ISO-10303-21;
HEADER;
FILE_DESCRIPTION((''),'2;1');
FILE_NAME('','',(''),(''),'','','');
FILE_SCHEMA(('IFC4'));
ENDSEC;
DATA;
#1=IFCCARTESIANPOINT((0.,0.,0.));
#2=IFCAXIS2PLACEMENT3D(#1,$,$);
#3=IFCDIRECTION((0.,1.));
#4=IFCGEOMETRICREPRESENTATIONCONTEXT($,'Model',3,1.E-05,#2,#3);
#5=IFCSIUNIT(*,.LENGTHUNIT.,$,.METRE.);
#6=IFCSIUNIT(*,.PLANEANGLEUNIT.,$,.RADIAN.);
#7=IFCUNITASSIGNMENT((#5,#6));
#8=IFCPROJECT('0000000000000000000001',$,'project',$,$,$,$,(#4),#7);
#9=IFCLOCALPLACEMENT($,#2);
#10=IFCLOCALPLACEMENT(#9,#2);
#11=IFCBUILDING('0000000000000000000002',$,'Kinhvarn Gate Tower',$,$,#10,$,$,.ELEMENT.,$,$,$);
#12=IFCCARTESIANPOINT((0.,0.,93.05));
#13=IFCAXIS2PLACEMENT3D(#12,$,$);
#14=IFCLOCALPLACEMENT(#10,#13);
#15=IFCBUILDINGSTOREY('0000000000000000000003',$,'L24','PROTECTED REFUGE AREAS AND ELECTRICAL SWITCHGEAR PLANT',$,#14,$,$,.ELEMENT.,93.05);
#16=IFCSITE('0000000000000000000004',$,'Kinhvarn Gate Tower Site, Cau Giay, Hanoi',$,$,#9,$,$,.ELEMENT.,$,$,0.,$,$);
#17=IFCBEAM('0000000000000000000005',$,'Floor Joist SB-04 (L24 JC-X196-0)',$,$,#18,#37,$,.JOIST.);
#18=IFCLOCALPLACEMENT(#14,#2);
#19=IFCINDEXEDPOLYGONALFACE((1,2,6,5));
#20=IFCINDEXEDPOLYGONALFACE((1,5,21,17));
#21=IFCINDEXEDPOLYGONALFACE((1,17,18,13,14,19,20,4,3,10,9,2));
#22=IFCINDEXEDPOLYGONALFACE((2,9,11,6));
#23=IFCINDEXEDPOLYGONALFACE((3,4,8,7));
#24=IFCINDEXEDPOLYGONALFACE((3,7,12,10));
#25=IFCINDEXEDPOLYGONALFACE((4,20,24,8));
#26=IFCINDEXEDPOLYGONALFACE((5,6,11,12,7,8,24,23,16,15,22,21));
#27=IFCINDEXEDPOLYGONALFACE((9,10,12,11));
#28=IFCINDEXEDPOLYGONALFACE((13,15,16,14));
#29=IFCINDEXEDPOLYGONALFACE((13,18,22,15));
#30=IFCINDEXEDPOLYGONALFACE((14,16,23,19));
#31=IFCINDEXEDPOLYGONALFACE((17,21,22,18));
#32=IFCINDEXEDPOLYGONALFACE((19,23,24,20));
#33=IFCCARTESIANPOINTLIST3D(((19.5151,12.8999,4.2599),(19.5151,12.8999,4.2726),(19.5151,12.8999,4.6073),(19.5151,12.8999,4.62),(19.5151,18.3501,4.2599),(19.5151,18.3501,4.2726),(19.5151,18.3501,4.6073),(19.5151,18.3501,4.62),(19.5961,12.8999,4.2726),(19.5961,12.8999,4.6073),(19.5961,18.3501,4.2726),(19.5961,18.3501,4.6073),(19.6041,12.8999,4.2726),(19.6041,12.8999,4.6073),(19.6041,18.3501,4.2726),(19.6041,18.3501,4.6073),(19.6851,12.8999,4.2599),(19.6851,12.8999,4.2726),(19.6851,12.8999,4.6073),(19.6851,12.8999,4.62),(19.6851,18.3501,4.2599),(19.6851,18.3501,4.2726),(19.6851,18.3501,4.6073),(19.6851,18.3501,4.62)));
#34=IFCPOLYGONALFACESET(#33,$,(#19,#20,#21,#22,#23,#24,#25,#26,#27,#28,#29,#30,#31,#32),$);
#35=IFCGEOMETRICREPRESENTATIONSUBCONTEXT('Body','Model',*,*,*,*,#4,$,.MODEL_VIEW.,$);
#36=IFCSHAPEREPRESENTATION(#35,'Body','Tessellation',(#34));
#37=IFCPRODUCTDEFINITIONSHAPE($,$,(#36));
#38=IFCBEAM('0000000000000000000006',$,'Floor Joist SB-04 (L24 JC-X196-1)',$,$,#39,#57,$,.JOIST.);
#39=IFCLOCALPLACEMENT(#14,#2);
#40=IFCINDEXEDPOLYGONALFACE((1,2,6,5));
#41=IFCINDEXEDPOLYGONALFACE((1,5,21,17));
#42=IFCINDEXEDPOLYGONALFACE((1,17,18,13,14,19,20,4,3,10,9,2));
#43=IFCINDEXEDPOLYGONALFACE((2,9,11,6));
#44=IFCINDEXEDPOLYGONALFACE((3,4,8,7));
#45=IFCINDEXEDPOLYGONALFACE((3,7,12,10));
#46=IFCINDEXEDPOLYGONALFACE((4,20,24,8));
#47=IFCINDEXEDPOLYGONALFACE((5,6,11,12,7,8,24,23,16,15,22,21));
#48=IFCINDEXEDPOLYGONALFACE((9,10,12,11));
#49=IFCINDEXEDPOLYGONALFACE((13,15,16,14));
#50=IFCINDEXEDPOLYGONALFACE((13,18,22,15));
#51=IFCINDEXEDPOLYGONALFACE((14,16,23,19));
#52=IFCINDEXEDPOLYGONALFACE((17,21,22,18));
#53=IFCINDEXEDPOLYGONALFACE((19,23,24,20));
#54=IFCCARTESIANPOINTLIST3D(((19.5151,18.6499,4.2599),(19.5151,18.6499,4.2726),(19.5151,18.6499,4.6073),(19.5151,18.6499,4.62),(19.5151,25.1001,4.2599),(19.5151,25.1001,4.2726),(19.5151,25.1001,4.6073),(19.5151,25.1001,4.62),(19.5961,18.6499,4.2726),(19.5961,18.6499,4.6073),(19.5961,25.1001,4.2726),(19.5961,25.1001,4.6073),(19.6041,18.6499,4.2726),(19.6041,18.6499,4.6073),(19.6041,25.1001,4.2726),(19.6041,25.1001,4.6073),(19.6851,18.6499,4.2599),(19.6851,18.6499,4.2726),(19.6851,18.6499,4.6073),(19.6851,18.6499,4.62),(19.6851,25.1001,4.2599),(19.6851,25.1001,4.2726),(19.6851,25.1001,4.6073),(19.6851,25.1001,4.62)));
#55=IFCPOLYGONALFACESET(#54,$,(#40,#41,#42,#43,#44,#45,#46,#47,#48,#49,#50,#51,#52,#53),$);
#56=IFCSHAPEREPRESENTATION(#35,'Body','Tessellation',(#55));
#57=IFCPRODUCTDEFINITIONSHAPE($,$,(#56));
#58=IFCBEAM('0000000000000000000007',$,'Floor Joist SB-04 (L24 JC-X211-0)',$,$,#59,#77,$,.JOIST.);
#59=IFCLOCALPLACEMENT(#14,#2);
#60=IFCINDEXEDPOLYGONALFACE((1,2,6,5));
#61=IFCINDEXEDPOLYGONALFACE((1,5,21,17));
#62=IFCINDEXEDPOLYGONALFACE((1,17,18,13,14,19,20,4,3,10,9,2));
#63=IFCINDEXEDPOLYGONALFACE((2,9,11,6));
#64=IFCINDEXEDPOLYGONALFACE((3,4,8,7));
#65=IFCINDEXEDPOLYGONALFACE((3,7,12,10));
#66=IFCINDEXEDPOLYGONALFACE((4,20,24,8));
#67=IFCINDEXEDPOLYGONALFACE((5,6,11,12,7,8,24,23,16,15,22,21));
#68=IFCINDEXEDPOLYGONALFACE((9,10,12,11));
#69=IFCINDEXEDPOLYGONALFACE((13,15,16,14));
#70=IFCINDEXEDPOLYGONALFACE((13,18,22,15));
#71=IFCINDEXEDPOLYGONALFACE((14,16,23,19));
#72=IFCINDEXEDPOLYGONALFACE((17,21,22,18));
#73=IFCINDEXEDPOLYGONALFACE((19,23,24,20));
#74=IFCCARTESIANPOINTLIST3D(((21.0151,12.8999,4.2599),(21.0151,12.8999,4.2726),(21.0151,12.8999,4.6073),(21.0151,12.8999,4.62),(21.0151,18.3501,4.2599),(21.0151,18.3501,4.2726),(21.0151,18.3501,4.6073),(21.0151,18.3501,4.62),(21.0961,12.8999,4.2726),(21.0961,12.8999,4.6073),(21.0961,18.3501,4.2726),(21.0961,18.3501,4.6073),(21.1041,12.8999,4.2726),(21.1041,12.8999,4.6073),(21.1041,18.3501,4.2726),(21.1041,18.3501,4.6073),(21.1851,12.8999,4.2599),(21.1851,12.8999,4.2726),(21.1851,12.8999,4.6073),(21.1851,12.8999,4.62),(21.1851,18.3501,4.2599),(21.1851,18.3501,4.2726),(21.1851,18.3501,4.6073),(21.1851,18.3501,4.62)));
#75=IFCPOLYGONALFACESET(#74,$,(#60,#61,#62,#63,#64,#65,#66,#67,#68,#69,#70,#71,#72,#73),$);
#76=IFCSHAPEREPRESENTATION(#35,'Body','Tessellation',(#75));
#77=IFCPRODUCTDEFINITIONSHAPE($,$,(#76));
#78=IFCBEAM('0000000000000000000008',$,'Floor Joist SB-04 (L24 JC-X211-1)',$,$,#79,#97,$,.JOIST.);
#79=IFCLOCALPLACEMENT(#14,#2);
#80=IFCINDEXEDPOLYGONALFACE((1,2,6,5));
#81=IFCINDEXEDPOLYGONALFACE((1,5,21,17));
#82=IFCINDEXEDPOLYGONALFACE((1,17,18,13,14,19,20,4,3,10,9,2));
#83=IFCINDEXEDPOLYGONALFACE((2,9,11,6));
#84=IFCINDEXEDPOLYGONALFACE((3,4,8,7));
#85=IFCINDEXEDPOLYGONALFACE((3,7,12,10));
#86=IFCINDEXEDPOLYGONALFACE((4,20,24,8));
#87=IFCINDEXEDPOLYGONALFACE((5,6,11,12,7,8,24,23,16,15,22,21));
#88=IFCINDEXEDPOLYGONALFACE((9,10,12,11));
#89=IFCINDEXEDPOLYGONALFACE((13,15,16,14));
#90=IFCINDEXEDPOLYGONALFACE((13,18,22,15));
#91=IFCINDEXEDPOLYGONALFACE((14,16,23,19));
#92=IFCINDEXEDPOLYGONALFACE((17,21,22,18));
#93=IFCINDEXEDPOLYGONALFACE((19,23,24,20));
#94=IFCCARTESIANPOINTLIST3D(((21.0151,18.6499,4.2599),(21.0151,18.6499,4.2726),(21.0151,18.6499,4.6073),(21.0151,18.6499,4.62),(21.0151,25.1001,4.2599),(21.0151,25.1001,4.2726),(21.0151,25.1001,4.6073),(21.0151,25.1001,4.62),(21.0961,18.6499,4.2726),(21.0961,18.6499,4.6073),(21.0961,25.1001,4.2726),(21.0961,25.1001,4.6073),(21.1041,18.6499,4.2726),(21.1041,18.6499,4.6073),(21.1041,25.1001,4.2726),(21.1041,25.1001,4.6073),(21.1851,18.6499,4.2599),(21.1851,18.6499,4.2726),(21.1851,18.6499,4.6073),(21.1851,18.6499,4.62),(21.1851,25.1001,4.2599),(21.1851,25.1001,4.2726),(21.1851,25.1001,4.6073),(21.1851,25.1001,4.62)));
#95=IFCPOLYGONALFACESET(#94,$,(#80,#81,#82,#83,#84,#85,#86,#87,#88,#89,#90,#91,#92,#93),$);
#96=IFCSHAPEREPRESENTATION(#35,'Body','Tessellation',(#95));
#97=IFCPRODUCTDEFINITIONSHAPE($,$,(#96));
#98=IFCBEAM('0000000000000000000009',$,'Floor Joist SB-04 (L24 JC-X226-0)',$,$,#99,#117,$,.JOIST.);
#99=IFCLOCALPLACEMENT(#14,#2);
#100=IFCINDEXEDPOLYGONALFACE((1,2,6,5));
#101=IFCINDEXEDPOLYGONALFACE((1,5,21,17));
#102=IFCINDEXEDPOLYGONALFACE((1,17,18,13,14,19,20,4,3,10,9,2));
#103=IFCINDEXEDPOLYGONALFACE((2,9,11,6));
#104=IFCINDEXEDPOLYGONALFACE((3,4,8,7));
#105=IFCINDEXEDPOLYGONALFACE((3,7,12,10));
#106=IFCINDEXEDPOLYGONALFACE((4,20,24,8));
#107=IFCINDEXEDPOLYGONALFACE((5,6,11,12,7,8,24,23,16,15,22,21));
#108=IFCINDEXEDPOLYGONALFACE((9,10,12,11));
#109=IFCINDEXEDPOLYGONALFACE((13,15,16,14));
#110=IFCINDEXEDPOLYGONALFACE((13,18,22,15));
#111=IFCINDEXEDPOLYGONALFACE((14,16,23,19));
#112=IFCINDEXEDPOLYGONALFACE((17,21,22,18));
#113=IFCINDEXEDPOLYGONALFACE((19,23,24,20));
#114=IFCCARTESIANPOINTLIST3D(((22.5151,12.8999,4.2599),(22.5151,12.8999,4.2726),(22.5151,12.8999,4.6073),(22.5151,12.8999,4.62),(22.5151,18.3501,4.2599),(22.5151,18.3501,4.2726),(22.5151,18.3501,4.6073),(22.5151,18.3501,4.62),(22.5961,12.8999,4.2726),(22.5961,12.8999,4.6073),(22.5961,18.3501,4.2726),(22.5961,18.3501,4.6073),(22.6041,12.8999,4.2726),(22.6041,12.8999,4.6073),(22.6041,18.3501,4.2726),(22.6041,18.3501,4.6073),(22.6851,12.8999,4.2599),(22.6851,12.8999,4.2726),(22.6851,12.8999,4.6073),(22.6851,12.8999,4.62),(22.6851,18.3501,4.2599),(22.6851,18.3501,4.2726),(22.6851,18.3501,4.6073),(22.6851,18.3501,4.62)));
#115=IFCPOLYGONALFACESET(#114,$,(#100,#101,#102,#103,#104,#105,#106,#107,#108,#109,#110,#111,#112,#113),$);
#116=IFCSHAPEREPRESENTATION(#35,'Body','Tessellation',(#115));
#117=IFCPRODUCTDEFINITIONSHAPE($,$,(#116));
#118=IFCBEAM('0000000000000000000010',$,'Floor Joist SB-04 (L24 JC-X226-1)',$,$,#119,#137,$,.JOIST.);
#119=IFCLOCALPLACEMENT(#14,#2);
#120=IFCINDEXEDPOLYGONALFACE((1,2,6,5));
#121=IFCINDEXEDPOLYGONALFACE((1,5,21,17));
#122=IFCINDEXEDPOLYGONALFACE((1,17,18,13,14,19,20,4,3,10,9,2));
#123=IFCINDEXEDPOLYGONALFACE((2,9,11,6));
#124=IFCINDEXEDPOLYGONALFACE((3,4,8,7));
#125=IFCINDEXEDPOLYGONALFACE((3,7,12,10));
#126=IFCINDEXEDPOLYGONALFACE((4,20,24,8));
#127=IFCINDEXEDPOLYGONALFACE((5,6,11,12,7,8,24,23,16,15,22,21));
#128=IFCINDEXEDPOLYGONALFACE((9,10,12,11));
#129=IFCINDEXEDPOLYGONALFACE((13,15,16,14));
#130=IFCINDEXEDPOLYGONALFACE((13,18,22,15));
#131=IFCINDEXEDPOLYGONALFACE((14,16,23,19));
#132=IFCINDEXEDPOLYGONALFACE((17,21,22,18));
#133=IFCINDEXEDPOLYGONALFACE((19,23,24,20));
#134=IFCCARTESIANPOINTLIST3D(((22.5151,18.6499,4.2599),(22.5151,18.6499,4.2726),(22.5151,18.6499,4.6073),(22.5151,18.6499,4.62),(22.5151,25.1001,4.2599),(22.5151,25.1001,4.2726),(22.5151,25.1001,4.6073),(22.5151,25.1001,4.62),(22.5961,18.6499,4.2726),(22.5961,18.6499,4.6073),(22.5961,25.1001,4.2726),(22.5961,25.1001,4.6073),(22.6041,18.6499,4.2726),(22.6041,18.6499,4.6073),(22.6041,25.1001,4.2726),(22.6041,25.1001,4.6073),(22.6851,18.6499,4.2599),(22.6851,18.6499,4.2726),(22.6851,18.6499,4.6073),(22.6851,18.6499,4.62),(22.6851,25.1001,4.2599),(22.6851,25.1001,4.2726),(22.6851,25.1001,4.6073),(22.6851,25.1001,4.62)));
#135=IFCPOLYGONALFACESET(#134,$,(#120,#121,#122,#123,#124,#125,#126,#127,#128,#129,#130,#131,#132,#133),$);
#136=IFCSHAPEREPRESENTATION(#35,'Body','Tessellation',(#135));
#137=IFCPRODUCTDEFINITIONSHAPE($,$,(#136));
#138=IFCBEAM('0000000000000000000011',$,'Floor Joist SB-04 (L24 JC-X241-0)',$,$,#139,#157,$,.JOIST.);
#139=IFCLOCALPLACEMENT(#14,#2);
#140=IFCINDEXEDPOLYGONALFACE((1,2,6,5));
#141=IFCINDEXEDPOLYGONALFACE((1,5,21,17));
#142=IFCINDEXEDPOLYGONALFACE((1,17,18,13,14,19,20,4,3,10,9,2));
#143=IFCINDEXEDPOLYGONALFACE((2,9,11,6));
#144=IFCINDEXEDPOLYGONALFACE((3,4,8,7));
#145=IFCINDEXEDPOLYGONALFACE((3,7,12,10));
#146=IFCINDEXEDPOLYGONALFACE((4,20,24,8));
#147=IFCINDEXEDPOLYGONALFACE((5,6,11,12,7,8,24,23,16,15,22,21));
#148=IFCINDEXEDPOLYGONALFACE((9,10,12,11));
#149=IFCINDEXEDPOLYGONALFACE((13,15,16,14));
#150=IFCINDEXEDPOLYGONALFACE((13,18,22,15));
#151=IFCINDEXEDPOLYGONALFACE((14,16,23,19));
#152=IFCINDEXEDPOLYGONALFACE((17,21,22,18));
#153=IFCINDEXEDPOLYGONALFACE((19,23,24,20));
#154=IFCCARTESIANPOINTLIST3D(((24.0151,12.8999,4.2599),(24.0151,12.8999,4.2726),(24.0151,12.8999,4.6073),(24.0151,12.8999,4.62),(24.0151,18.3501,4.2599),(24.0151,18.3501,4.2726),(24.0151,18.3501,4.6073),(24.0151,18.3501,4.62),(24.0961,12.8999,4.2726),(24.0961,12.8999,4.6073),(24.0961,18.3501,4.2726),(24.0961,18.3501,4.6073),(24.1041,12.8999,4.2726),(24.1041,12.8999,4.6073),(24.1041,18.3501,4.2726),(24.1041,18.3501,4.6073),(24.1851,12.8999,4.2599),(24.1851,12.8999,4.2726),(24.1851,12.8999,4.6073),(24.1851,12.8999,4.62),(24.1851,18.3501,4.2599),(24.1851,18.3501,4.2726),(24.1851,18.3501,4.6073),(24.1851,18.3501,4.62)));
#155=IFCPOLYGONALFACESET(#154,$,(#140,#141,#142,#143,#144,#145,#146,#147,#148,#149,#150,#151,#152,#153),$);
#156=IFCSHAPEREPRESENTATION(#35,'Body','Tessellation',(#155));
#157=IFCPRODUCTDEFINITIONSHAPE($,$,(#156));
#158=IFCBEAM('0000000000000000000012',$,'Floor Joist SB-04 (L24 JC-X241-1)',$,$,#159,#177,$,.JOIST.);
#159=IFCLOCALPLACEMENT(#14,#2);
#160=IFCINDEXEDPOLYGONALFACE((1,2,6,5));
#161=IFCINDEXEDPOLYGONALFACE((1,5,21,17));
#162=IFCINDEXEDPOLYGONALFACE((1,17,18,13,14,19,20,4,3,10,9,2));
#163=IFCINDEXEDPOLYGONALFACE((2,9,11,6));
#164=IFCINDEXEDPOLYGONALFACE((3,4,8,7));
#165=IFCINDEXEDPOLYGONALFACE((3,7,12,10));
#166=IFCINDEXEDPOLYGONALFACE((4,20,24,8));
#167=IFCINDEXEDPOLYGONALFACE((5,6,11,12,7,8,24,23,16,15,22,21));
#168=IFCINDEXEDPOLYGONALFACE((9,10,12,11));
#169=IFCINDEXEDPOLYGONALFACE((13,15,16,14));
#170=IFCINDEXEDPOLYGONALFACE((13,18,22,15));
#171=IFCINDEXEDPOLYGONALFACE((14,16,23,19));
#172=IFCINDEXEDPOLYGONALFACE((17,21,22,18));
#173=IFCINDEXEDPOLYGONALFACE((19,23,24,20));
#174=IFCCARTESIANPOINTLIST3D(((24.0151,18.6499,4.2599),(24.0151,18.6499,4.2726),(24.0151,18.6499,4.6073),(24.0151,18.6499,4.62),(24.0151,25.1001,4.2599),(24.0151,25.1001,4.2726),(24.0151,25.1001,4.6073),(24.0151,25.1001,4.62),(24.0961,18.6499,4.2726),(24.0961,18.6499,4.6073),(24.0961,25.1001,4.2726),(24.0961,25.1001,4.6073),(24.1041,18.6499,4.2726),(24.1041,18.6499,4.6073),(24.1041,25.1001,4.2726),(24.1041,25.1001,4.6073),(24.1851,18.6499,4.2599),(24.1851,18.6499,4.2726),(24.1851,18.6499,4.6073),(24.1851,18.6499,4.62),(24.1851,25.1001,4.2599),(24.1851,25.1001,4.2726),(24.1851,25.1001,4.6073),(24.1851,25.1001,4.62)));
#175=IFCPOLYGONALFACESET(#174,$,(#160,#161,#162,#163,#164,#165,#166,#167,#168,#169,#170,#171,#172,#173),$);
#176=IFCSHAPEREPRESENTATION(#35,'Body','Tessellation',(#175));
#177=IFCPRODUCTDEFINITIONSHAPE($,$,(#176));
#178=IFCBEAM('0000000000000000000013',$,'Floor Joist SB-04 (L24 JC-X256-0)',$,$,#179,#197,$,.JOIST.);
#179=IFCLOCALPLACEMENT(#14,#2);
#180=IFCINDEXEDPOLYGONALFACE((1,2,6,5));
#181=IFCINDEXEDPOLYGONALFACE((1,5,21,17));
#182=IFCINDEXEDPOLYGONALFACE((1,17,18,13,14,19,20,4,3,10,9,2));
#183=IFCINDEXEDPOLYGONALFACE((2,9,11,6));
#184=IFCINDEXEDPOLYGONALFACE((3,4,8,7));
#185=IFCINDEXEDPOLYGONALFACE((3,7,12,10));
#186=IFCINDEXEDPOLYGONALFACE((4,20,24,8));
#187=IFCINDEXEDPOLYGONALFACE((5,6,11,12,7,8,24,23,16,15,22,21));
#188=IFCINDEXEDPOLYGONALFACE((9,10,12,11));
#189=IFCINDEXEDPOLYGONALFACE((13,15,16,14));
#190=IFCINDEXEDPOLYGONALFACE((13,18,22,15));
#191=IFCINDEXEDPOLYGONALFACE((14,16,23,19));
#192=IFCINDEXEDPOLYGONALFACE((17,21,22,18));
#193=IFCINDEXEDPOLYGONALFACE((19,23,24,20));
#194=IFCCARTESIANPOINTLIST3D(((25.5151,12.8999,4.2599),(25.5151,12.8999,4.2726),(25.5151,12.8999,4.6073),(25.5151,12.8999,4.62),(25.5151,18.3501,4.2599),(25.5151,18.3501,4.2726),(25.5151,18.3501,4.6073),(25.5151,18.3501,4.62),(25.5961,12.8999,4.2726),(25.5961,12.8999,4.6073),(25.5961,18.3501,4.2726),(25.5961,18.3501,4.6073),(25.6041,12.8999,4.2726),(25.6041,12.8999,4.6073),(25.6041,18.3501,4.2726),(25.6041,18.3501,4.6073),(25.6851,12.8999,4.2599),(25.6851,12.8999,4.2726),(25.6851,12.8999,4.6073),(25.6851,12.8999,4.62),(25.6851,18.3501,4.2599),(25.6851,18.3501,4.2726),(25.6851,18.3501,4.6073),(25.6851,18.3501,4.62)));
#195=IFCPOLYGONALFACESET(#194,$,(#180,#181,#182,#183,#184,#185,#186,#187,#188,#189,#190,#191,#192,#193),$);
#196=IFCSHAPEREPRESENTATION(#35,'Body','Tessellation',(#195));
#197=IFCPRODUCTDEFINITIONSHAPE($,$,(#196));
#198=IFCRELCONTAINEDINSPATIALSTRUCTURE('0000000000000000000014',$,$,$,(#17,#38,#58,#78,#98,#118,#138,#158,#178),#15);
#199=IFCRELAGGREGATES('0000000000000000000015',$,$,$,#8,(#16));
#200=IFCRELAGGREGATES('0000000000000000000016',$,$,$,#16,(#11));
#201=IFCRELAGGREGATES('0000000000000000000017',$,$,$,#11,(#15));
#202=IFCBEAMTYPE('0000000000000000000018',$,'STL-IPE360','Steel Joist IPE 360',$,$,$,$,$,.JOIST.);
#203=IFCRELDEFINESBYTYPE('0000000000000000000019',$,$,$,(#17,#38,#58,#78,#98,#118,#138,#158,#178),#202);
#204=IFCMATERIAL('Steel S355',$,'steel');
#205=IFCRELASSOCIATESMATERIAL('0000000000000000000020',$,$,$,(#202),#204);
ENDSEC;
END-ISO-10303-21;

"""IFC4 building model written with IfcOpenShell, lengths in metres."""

from ifc_helpers import new_model, si_unit, direction, frame, origin, origin_2d, place, context, subcontext, project, spatial, i_section, extrude, material, material_profile, profile_set, type_object, element, save


model = new_model("IFC4")

# Units and contexts
model_context = context("Model", 3, precision=1e-05, world=origin(), true_north=direction((0.0, 1.0)))
body_context = subcontext(model_context, "Body", "Model", "MODEL_VIEW")
ifc_project = project(units=[si_unit("LENGTHUNIT", "METRE"), si_unit("PLANEANGLEUNIT", "RADIAN")], contexts=[model_context])

# Site, building, storey
site_placement = place(None, origin())
site = spatial("IfcSite", under=ifc_project, at=site_placement, Name="Kinhvarn Gate Tower Site, Cau Giay, Hanoi", CompositionType="ELEMENT", RefElevation=0.0)
building_placement = place(site_placement, origin())
building = spatial("IfcBuilding", under=site, at=building_placement, Name="Kinhvarn Gate Tower", CompositionType="ELEMENT")
storey_placement = place(building_placement, frame((0.0, 0.0, 93.05)))
storey = spatial("IfcBuildingStorey", under=building, at=storey_placement, Name="L24", Description="PROTECTED REFUGE AREAS AND ELECTRICAL SWITCHGEAR PLANT", CompositionType="ELEMENT", Elevation=93.05)

# Shared definitions
ifc_material_1 = material(Name="Steel S355", Category="steel")

# Beams
ifc_material_profile_1 = material_profile(ifc_material_1, i_section(OverallWidth=0.1699, OverallDepth=0.3601, WebThickness=0.0081, FlangeThickness=0.0127, at=origin_2d()), Name="IPE 360")
ifc_profile_set_1 = profile_set([ifc_material_profile_1], Name="Steel S355")
beam_type_1 = type_object("IfcBeamType", Name="STL-IPE360", Description="Steel Joist IPE 360", PredefinedType="JOIST", material=ifc_profile_set_1)
beam_1_placement = place(storey_placement, frame((19.6001, 12.8999, 4.4399), z_axis=(0.0, 1.0, 0.0), x_axis=(-1.0, 0.0, 0.0)))
element("IfcBeam", 1, at=beam_1_placement, inside=storey, type_object=beam_type_1, Name="Floor Joist SB-04 (L24 JC-X196-0)", PredefinedType="JOIST", context=body_context, shape_type="SweptSolid", body=[
    extrude(i_section(OverallWidth=0.1699, OverallDepth=0.3601, WebThickness=0.0081, FlangeThickness=0.0127, at=origin_2d()), origin(), (0.0, 0.0, 1.0), 5.4502),
])
beam_2_placement = place(storey_placement, frame((19.6001, 18.6499, 4.4399), z_axis=(0.0, 1.0, 0.0), x_axis=(-1.0, 0.0, 0.0)))
element("IfcBeam", 2, at=beam_2_placement, inside=storey, type_object=beam_type_1, Name="Floor Joist SB-04 (L24 JC-X196-1)", PredefinedType="JOIST", context=body_context, shape_type="SweptSolid", body=[
    extrude(i_section(OverallWidth=0.1699, OverallDepth=0.3601, WebThickness=0.0081, FlangeThickness=0.0127, at=origin_2d()), origin(), (0.0, 0.0, 1.0), 6.4502),
])
beam_3_placement = place(storey_placement, frame((21.1001, 12.8999, 4.4399), z_axis=(0.0, 1.0, 0.0), x_axis=(-1.0, 0.0, 0.0)))
element("IfcBeam", 3, at=beam_3_placement, inside=storey, type_object=beam_type_1, Name="Floor Joist SB-04 (L24 JC-X211-0)", PredefinedType="JOIST", context=body_context, shape_type="SweptSolid", body=[
    extrude(i_section(OverallWidth=0.1699, OverallDepth=0.3601, WebThickness=0.0081, FlangeThickness=0.0127, at=origin_2d()), origin(), (0.0, 0.0, 1.0), 5.4502),
])
beam_4_placement = place(storey_placement, frame((21.1001, 18.6499, 4.4399), z_axis=(0.0, 1.0, 0.0), x_axis=(-1.0, 0.0, 0.0)))
element("IfcBeam", 4, at=beam_4_placement, inside=storey, type_object=beam_type_1, Name="Floor Joist SB-04 (L24 JC-X211-1)", PredefinedType="JOIST", context=body_context, shape_type="SweptSolid", body=[
    extrude(i_section(OverallWidth=0.1699, OverallDepth=0.3601, WebThickness=0.0081, FlangeThickness=0.0127, at=origin_2d()), origin(), (0.0, 0.0, 1.0), 6.4502),
])
beam_5_placement = place(storey_placement, frame((22.6001, 12.8999, 4.4399), z_axis=(0.0, 1.0, 0.0), x_axis=(-1.0, 0.0, 0.0)))
element("IfcBeam", 5, at=beam_5_placement, inside=storey, type_object=beam_type_1, Name="Floor Joist SB-04 (L24 JC-X226-0)", PredefinedType="JOIST", context=body_context, shape_type="SweptSolid", body=[
    extrude(i_section(OverallWidth=0.1699, OverallDepth=0.3601, WebThickness=0.0081, FlangeThickness=0.0127, at=origin_2d()), origin(), (0.0, 0.0, 1.0), 5.4502),
])
beam_6_placement = place(storey_placement, frame((22.6001, 18.6499, 4.4399), z_axis=(0.0, 1.0, 0.0), x_axis=(-1.0, 0.0, 0.0)))
element("IfcBeam", 6, at=beam_6_placement, inside=storey, type_object=beam_type_1, Name="Floor Joist SB-04 (L24 JC-X226-1)", PredefinedType="JOIST", context=body_context, shape_type="SweptSolid", body=[
    extrude(i_section(OverallWidth=0.1699, OverallDepth=0.3601, WebThickness=0.0081, FlangeThickness=0.0127, at=origin_2d()), origin(), (0.0, 0.0, 1.0), 6.4502),
])
beam_7_placement = place(storey_placement, frame((24.1001, 12.8999, 4.4399), z_axis=(0.0, 1.0, 0.0), x_axis=(-1.0, 0.0, 0.0)))
element("IfcBeam", 7, at=beam_7_placement, inside=storey, type_object=beam_type_1, Name="Floor Joist SB-04 (L24 JC-X241-0)", PredefinedType="JOIST", context=body_context, shape_type="SweptSolid", body=[
    extrude(i_section(OverallWidth=0.1699, OverallDepth=0.3601, WebThickness=0.0081, FlangeThickness=0.0127, at=origin_2d()), origin(), (0.0, 0.0, 1.0), 5.4502),
])
beam_8_placement = place(storey_placement, frame((24.1001, 18.6499, 4.4399), z_axis=(0.0, 1.0, 0.0), x_axis=(-1.0, 0.0, 0.0)))
element("IfcBeam", 8, at=beam_8_placement, inside=storey, type_object=beam_type_1, Name="Floor Joist SB-04 (L24 JC-X241-1)", PredefinedType="JOIST", context=body_context, shape_type="SweptSolid", body=[
    extrude(i_section(OverallWidth=0.1699, OverallDepth=0.3601, WebThickness=0.0081, FlangeThickness=0.0127, at=origin_2d()), origin(), (0.0, 0.0, 1.0), 6.4502),
])
beam_9_placement = place(storey_placement, frame((25.6001, 12.8999, 4.4399), z_axis=(0.0, 1.0, 0.0), x_axis=(-1.0, 0.0, 0.0)))
element("IfcBeam", 9, at=beam_9_placement, inside=storey, type_object=beam_type_1, Name="Floor Joist SB-04 (L24 JC-X256-0)", PredefinedType="JOIST", context=body_context, shape_type="SweptSolid", body=[
    extrude(i_section(OverallWidth=0.1699, OverallDepth=0.3601, WebThickness=0.0081, FlangeThickness=0.0127, at=origin_2d()), origin(), (0.0, 0.0, 1.0), 5.4502),
])

save(model, "model.ifc")
